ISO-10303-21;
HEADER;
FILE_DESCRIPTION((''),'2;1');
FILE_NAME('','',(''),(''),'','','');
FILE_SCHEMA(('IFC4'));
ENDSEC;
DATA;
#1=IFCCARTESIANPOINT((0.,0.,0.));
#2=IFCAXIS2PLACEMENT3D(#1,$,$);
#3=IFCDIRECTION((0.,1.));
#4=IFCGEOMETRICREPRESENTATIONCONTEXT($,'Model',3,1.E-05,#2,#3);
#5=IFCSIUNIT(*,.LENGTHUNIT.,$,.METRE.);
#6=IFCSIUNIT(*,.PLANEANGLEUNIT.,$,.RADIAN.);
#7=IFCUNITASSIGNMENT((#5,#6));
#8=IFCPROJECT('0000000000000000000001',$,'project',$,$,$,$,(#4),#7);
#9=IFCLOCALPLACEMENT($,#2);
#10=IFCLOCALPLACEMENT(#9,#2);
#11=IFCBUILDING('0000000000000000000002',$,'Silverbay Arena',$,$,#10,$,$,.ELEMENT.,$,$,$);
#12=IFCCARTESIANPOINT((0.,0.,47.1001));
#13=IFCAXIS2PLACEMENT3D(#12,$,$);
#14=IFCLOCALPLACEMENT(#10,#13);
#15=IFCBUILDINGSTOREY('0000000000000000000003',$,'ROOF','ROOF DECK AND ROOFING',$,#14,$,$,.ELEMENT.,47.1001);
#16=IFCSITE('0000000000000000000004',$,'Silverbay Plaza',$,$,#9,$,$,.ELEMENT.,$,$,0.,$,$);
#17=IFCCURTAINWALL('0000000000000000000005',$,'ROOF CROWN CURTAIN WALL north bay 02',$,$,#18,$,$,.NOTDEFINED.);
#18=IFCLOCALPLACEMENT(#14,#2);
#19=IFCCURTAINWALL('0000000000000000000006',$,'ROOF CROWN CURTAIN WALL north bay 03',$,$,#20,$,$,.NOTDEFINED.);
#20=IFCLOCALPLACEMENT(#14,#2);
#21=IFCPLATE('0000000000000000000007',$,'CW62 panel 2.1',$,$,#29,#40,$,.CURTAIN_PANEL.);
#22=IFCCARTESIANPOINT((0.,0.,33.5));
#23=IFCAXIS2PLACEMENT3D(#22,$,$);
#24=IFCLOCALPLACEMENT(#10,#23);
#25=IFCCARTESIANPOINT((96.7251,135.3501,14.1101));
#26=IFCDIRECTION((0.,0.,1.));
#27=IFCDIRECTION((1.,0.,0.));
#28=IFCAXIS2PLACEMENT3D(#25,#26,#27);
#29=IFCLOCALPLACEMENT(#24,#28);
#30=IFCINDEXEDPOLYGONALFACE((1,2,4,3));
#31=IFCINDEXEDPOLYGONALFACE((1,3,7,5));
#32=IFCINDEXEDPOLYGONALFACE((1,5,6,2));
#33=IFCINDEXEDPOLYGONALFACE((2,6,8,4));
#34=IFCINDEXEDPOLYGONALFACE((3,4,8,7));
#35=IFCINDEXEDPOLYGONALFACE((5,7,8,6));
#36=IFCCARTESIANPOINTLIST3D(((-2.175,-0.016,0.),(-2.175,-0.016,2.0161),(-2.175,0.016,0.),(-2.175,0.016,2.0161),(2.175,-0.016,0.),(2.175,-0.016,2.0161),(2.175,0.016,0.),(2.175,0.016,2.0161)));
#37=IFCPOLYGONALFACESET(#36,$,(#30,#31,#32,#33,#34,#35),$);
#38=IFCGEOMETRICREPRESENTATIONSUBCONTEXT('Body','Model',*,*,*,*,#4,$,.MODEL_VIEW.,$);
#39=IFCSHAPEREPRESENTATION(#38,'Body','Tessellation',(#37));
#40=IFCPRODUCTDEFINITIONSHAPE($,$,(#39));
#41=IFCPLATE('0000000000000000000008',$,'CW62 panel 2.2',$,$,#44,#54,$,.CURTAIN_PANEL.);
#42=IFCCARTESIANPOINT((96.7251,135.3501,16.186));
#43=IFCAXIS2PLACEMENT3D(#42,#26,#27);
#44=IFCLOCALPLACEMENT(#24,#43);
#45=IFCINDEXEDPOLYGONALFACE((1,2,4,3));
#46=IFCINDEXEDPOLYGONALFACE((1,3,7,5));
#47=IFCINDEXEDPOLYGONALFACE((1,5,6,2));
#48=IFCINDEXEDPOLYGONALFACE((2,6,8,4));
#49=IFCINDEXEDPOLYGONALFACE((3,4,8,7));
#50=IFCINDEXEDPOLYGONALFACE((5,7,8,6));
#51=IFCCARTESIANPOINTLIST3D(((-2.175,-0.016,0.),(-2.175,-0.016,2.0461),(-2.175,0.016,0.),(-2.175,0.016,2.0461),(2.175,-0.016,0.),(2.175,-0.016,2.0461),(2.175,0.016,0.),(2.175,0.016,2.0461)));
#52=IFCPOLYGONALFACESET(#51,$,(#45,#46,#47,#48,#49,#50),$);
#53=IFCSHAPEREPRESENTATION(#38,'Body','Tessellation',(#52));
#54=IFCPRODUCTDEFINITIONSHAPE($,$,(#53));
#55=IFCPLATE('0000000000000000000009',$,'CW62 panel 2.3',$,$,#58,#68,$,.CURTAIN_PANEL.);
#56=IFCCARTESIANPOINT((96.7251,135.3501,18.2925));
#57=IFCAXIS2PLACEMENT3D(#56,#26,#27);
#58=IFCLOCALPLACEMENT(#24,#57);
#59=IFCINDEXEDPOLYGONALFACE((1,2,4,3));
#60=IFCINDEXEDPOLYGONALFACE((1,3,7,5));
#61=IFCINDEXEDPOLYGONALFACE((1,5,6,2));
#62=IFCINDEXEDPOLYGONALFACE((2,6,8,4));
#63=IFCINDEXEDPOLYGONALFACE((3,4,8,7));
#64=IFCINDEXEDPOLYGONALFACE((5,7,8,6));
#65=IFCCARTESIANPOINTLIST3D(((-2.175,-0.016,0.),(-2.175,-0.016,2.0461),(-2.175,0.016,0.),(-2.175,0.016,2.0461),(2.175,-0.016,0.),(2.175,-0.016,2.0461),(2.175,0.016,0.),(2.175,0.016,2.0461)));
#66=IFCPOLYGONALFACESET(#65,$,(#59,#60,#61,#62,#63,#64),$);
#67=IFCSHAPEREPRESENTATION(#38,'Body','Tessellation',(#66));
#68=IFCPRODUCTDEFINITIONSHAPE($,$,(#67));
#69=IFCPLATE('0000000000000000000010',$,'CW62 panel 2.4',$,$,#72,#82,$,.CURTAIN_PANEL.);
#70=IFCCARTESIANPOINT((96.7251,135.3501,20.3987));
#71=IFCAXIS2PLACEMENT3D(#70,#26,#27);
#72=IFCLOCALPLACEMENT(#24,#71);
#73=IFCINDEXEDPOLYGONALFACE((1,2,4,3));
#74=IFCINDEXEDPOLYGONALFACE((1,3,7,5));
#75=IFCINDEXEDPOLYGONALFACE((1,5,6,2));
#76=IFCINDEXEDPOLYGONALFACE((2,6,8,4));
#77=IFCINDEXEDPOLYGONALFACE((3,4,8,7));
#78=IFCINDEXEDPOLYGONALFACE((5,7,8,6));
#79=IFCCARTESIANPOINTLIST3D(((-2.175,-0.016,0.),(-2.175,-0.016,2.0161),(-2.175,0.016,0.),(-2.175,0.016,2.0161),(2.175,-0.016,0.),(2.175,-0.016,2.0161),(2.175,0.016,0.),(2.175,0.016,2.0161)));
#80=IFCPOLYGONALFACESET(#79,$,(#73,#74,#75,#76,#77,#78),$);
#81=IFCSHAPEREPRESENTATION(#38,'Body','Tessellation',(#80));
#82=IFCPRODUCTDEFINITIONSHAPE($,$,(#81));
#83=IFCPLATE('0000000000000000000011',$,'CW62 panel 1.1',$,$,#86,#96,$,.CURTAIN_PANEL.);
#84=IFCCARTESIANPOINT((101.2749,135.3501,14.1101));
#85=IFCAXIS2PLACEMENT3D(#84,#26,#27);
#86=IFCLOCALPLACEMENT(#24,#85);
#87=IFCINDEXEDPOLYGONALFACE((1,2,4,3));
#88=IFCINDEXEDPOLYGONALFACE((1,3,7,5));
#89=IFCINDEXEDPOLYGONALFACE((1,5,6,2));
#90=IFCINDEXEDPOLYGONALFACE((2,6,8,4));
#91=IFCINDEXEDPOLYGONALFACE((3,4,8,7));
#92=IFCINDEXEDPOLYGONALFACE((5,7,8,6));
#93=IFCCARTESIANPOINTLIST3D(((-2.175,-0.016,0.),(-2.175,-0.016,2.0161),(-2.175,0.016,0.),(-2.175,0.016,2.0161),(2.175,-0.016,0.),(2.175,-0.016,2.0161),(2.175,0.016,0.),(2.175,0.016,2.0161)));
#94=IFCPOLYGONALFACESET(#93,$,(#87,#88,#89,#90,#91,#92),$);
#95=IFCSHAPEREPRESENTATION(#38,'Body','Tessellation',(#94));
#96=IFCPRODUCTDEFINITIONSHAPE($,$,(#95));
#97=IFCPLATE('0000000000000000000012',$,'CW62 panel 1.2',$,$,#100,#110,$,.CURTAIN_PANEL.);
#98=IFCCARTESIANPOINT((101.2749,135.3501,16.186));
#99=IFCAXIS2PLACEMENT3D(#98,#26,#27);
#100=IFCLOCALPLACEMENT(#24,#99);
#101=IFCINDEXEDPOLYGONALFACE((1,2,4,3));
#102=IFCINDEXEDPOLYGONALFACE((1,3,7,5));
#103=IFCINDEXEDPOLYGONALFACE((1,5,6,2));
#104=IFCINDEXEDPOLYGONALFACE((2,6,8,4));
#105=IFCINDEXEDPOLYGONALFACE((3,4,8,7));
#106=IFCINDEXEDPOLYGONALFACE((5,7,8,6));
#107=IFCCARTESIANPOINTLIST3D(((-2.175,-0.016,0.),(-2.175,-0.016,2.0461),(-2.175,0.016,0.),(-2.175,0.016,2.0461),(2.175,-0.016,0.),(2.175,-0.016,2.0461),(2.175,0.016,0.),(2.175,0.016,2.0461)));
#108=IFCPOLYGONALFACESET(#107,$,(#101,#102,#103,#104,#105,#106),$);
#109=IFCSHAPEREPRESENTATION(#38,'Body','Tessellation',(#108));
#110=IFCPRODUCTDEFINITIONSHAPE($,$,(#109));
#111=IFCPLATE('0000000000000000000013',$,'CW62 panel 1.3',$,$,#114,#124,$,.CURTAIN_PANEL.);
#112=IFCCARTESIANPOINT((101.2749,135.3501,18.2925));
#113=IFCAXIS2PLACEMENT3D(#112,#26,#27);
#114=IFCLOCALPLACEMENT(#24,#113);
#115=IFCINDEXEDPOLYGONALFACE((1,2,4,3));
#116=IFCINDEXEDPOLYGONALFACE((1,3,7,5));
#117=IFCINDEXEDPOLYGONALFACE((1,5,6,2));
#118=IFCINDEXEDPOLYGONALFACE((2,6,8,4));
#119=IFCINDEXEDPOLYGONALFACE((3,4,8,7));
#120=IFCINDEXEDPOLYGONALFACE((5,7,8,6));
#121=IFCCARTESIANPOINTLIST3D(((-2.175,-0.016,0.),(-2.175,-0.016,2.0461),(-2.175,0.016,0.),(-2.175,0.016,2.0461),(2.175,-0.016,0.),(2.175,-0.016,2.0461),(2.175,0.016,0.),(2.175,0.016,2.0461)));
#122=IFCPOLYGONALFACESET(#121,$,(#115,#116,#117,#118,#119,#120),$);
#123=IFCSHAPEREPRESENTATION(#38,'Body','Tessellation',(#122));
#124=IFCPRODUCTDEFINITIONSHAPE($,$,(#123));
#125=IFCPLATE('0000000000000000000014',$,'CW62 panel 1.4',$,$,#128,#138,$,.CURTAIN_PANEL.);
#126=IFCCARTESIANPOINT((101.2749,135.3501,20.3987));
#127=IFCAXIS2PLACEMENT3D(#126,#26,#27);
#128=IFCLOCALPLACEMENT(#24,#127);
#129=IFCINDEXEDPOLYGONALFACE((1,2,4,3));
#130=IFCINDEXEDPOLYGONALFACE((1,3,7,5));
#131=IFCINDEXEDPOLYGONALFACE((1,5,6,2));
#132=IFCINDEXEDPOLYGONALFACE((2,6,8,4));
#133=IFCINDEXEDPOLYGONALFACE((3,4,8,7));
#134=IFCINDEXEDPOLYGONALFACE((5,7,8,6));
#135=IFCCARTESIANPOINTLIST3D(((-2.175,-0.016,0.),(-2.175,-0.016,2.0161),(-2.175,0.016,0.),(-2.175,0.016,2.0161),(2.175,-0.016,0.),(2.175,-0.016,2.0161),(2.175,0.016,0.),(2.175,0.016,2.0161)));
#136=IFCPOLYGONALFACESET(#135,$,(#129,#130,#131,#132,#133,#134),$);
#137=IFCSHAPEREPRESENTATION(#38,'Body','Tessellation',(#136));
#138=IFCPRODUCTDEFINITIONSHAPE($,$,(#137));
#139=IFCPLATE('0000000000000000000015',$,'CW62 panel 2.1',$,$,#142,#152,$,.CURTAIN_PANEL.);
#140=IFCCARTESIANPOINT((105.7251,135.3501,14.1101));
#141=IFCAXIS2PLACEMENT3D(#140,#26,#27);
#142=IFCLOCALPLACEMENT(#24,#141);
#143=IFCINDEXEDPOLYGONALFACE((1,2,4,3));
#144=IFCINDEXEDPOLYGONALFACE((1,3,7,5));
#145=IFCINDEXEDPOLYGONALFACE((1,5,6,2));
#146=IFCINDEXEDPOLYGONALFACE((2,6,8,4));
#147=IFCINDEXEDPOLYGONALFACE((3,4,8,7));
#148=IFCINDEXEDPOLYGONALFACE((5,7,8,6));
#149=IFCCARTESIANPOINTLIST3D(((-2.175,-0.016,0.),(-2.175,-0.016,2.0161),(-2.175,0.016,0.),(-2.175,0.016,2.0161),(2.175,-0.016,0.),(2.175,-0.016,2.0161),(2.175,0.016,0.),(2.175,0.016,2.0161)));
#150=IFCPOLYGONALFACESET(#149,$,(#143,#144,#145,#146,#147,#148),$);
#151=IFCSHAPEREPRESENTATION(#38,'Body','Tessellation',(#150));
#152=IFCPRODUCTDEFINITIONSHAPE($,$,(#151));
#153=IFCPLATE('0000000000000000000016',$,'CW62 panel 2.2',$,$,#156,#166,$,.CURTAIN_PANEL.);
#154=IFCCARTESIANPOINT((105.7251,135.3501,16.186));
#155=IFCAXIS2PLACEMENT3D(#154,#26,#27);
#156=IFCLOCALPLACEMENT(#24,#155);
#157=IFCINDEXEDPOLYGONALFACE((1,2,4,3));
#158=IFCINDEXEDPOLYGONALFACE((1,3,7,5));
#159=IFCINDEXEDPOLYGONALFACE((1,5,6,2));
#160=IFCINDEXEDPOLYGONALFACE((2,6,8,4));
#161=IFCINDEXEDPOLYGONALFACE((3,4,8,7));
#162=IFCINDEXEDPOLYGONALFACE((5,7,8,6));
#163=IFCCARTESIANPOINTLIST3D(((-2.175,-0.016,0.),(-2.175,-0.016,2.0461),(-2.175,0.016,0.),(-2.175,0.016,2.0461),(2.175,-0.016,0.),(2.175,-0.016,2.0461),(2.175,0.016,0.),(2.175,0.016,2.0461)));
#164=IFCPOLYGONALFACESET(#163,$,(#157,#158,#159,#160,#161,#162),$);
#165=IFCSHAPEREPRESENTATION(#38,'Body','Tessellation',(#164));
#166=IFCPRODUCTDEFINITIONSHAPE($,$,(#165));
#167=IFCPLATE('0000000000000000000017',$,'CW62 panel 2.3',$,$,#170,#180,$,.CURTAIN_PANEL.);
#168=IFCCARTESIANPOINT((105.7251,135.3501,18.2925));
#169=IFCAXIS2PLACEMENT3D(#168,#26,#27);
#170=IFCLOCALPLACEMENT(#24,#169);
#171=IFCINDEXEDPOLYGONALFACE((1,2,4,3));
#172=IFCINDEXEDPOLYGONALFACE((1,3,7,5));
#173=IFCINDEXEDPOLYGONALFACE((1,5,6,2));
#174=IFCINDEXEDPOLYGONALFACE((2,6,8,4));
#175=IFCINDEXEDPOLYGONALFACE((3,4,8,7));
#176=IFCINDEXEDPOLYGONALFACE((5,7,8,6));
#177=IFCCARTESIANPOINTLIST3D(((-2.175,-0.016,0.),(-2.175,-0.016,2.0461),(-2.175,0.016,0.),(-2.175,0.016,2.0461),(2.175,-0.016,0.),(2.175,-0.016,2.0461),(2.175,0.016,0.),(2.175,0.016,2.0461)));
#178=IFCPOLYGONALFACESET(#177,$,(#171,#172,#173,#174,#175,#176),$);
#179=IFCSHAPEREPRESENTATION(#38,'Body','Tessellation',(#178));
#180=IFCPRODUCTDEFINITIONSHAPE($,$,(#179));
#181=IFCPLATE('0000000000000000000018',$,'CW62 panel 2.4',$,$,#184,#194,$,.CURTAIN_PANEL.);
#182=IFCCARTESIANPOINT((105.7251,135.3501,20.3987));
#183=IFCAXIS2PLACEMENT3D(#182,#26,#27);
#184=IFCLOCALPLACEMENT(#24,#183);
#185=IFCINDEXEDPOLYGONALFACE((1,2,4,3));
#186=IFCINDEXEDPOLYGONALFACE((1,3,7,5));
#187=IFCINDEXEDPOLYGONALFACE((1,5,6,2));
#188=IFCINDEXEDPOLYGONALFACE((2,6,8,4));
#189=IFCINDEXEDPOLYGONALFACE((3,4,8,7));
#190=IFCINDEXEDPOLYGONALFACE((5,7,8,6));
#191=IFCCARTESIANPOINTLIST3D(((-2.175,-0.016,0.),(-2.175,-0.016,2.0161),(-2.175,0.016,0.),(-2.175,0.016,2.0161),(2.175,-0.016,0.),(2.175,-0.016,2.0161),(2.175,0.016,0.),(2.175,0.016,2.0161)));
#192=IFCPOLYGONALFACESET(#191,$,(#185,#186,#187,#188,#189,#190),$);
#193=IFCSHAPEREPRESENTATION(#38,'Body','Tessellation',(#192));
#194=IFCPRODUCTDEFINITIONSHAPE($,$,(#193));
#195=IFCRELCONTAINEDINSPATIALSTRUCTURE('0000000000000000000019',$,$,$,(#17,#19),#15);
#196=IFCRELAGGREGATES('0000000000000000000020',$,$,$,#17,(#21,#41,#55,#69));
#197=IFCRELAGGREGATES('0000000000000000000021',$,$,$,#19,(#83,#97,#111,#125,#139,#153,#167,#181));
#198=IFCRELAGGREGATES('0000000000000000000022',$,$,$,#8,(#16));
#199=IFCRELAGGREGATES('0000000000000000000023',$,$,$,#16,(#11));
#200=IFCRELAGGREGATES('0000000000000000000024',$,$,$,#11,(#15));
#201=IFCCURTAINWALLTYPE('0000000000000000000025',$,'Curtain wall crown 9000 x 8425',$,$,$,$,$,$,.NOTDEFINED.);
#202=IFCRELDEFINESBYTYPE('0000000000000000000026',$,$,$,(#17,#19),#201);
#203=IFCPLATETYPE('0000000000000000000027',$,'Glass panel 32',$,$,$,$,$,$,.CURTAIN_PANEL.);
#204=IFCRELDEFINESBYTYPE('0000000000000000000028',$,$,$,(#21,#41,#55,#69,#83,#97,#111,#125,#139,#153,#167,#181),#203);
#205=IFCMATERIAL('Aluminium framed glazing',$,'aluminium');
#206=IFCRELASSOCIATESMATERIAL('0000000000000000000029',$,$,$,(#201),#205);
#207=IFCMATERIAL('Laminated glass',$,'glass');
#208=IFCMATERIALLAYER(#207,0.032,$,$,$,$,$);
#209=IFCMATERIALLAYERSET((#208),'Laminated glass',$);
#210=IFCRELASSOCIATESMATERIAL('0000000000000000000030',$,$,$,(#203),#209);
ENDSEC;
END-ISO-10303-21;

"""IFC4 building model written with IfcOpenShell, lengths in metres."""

from ifc_helpers import new_model, si_unit, direction, frame, origin, origin_2d, place, context, subcontext, project, spatial, rectangle, extrude, material, layer, layer_set, type_object, element, aggregate, save


model = new_model("IFC4")

# Units and contexts
model_context = context("Model", 3, precision=1e-05, world=origin(), true_north=direction((0.0, 1.0)))
body_context = subcontext(model_context, "Body", "Model", "MODEL_VIEW")
ifc_project = project(units=[si_unit("LENGTHUNIT", "METRE"), si_unit("PLANEANGLEUNIT", "RADIAN")], contexts=[model_context])

# Site, building, storey
site_placement = place(None, origin())
site = spatial("IfcSite", under=ifc_project, at=site_placement, Name="Silverbay Plaza", CompositionType="ELEMENT", RefElevation=0.0)
building_placement = place(site_placement, origin())
building = spatial("IfcBuilding", under=site, at=building_placement, Name="Silverbay Arena", CompositionType="ELEMENT")
storey_placement = place(building_placement, frame((0.0, 0.0, 47.1001)))
storey = spatial("IfcBuildingStorey", under=building, at=storey_placement, Name="ROOF", Description="ROOF DECK AND ROOFING", CompositionType="ELEMENT", Elevation=47.1001)

# Curtain walls
ifc_material_1 = material(Name="Aluminium framed glazing", Category="aluminium")
curtain_wall_type = type_object("IfcCurtainWallType", Name="Curtain wall crown 9000 x 8425", PredefinedType="NOTDEFINED", material=ifc_material_1)
curtain_wall_1_placement = place(storey_placement, origin())
curtain_wall_1 = element("IfcCurtainWall", 1, at=curtain_wall_1_placement, inside=storey, type_object=curtain_wall_type, Name="ROOF CROWN CURTAIN WALL north bay 02", PredefinedType="NOTDEFINED")
placement = place(building_placement, frame((0.0, 0.0, 33.5)))
curtain_wall_2_placement = place(storey_placement, origin())
curtain_wall_2 = element("IfcCurtainWall", 2, at=curtain_wall_2_placement, inside=storey, type_object=curtain_wall_type, Name="ROOF CROWN CURTAIN WALL north bay 03", PredefinedType="NOTDEFINED")

# Plates
ifc_material_2 = material(Name="Laminated glass", Category="glass")
ifc_layer = layer(ifc_material_2, 0.032)
ifc_layer_set = layer_set([ifc_layer], Name="Laminated glass")
plate_type = type_object("IfcPlateType", Name="Glass panel 32", PredefinedType="CURTAIN_PANEL", material=ifc_layer_set)
plate_1_placement = place(placement, frame((96.7251, 135.3501, 14.1101), z_axis=(0.0, 0.0, 1.0), x_axis=(1.0, 0.0, 0.0)))
plate_1 = element("IfcPlate", 3, at=plate_1_placement, type_object=plate_type, Name="CW62 panel 2.1", PredefinedType="CURTAIN_PANEL", context=body_context, shape_type="SweptSolid", body=[
    extrude(rectangle(XDim=4.3501, YDim=0.032, at=origin_2d()), origin(), (0.0, 0.0, 1.0), 2.0161),
])
plate_2_placement = place(placement, frame((96.7251, 135.3501, 16.186), z_axis=(0.0, 0.0, 1.0), x_axis=(1.0, 0.0, 0.0)))
plate_2 = element("IfcPlate", 4, at=plate_2_placement, type_object=plate_type, Name="CW62 panel 2.2", PredefinedType="CURTAIN_PANEL", context=body_context, shape_type="SweptSolid", body=[
    extrude(rectangle(XDim=4.3501, YDim=0.032, at=origin_2d()), origin(), (0.0, 0.0, 1.0), 2.0461),
])
plate_3_placement = place(placement, frame((96.7251, 135.3501, 18.2925), z_axis=(0.0, 0.0, 1.0), x_axis=(1.0, 0.0, 0.0)))
plate_3 = element("IfcPlate", 5, at=plate_3_placement, type_object=plate_type, Name="CW62 panel 2.3", PredefinedType="CURTAIN_PANEL", context=body_context, shape_type="SweptSolid", body=[
    extrude(rectangle(XDim=4.3501, YDim=0.032, at=origin_2d()), origin(), (0.0, 0.0, 1.0), 2.0461),
])
plate_4_placement = place(placement, frame((96.7251, 135.3501, 20.3987), z_axis=(0.0, 0.0, 1.0), x_axis=(1.0, 0.0, 0.0)))
plate_4 = element("IfcPlate", 6, at=plate_4_placement, type_object=plate_type, Name="CW62 panel 2.4", PredefinedType="CURTAIN_PANEL", context=body_context, shape_type="SweptSolid", body=[
    extrude(rectangle(XDim=4.3501, YDim=0.032, at=origin_2d()), origin(), (0.0, 0.0, 1.0), 2.0161),
])
aggregate(curtain_wall_1, [plate_1, plate_2, plate_3, plate_4])
plate_5_placement = place(placement, frame((101.2749, 135.3501, 14.1101), z_axis=(0.0, 0.0, 1.0), x_axis=(1.0, 0.0, 0.0)))
plate_5 = element("IfcPlate", 7, at=plate_5_placement, type_object=plate_type, Name="CW62 panel 1.1", PredefinedType="CURTAIN_PANEL", context=body_context, shape_type="SweptSolid", body=[
    extrude(rectangle(XDim=4.3501, YDim=0.032, at=origin_2d()), origin(), (0.0, 0.0, 1.0), 2.0161),
])
plate_6_placement = place(placement, frame((101.2749, 135.3501, 16.186), z_axis=(0.0, 0.0, 1.0), x_axis=(1.0, 0.0, 0.0)))
plate_6 = element("IfcPlate", 8, at=plate_6_placement, type_object=plate_type, Name="CW62 panel 1.2", PredefinedType="CURTAIN_PANEL", context=body_context, shape_type="SweptSolid", body=[
    extrude(rectangle(XDim=4.3501, YDim=0.032, at=origin_2d()), origin(), (0.0, 0.0, 1.0), 2.0461),
])
plate_7_placement = place(placement, frame((101.2749, 135.3501, 18.2925), z_axis=(0.0, 0.0, 1.0), x_axis=(1.0, 0.0, 0.0)))
plate_7 = element("IfcPlate", 9, at=plate_7_placement, type_object=plate_type, Name="CW62 panel 1.3", PredefinedType="CURTAIN_PANEL", context=body_context, shape_type="SweptSolid", body=[
    extrude(rectangle(XDim=4.3501, YDim=0.032, at=origin_2d()), origin(), (0.0, 0.0, 1.0), 2.0461),
])
plate_8_placement = place(placement, frame((101.2749, 135.3501, 20.3987), z_axis=(0.0, 0.0, 1.0), x_axis=(1.0, 0.0, 0.0)))
plate_8 = element("IfcPlate", 10, at=plate_8_placement, type_object=plate_type, Name="CW62 panel 1.4", PredefinedType="CURTAIN_PANEL", context=body_context, shape_type="SweptSolid", body=[
    extrude(rectangle(XDim=4.3501, YDim=0.032, at=origin_2d()), origin(), (0.0, 0.0, 1.0), 2.0161),
])
plate_9_placement = place(placement, frame((105.7251, 135.3501, 14.1101), z_axis=(0.0, 0.0, 1.0), x_axis=(1.0, 0.0, 0.0)))
plate_9 = element("IfcPlate", 11, at=plate_9_placement, type_object=plate_type, Name="CW62 panel 2.1", PredefinedType="CURTAIN_PANEL", context=body_context, shape_type="SweptSolid", body=[
    extrude(rectangle(XDim=4.3501, YDim=0.032, at=origin_2d()), origin(), (0.0, 0.0, 1.0), 2.0161),
])
plate_10_placement = place(placement, frame((105.7251, 135.3501, 16.186), z_axis=(0.0, 0.0, 1.0), x_axis=(1.0, 0.0, 0.0)))
plate_10 = element("IfcPlate", 12, at=plate_10_placement, type_object=plate_type, Name="CW62 panel 2.2", PredefinedType="CURTAIN_PANEL", context=body_context, shape_type="SweptSolid", body=[
    extrude(rectangle(XDim=4.3501, YDim=0.032, at=origin_2d()), origin(), (0.0, 0.0, 1.0), 2.0461),
])
plate_11_placement = place(placement, frame((105.7251, 135.3501, 18.2925), z_axis=(0.0, 0.0, 1.0), x_axis=(1.0, 0.0, 0.0)))
plate_11 = element("IfcPlate", 13, at=plate_11_placement, type_object=plate_type, Name="CW62 panel 2.3", PredefinedType="CURTAIN_PANEL", context=body_context, shape_type="SweptSolid", body=[
    extrude(rectangle(XDim=4.3501, YDim=0.032, at=origin_2d()), origin(), (0.0, 0.0, 1.0), 2.0461),
])
plate_12_placement = place(placement, frame((105.7251, 135.3501, 20.3987), z_axis=(0.0, 0.0, 1.0), x_axis=(1.0, 0.0, 0.0)))
plate_12 = element("IfcPlate", 14, at=plate_12_placement, type_object=plate_type, Name="CW62 panel 2.4", PredefinedType="CURTAIN_PANEL", context=body_context, shape_type="SweptSolid", body=[
    extrude(rectangle(XDim=4.3501, YDim=0.032, at=origin_2d()), origin(), (0.0, 0.0, 1.0), 2.0161),
])
aggregate(curtain_wall_2, [plate_5, plate_6, plate_7, plate_8, plate_9, plate_10, plate_11, plate_12])

save(model, "model.ifc")
